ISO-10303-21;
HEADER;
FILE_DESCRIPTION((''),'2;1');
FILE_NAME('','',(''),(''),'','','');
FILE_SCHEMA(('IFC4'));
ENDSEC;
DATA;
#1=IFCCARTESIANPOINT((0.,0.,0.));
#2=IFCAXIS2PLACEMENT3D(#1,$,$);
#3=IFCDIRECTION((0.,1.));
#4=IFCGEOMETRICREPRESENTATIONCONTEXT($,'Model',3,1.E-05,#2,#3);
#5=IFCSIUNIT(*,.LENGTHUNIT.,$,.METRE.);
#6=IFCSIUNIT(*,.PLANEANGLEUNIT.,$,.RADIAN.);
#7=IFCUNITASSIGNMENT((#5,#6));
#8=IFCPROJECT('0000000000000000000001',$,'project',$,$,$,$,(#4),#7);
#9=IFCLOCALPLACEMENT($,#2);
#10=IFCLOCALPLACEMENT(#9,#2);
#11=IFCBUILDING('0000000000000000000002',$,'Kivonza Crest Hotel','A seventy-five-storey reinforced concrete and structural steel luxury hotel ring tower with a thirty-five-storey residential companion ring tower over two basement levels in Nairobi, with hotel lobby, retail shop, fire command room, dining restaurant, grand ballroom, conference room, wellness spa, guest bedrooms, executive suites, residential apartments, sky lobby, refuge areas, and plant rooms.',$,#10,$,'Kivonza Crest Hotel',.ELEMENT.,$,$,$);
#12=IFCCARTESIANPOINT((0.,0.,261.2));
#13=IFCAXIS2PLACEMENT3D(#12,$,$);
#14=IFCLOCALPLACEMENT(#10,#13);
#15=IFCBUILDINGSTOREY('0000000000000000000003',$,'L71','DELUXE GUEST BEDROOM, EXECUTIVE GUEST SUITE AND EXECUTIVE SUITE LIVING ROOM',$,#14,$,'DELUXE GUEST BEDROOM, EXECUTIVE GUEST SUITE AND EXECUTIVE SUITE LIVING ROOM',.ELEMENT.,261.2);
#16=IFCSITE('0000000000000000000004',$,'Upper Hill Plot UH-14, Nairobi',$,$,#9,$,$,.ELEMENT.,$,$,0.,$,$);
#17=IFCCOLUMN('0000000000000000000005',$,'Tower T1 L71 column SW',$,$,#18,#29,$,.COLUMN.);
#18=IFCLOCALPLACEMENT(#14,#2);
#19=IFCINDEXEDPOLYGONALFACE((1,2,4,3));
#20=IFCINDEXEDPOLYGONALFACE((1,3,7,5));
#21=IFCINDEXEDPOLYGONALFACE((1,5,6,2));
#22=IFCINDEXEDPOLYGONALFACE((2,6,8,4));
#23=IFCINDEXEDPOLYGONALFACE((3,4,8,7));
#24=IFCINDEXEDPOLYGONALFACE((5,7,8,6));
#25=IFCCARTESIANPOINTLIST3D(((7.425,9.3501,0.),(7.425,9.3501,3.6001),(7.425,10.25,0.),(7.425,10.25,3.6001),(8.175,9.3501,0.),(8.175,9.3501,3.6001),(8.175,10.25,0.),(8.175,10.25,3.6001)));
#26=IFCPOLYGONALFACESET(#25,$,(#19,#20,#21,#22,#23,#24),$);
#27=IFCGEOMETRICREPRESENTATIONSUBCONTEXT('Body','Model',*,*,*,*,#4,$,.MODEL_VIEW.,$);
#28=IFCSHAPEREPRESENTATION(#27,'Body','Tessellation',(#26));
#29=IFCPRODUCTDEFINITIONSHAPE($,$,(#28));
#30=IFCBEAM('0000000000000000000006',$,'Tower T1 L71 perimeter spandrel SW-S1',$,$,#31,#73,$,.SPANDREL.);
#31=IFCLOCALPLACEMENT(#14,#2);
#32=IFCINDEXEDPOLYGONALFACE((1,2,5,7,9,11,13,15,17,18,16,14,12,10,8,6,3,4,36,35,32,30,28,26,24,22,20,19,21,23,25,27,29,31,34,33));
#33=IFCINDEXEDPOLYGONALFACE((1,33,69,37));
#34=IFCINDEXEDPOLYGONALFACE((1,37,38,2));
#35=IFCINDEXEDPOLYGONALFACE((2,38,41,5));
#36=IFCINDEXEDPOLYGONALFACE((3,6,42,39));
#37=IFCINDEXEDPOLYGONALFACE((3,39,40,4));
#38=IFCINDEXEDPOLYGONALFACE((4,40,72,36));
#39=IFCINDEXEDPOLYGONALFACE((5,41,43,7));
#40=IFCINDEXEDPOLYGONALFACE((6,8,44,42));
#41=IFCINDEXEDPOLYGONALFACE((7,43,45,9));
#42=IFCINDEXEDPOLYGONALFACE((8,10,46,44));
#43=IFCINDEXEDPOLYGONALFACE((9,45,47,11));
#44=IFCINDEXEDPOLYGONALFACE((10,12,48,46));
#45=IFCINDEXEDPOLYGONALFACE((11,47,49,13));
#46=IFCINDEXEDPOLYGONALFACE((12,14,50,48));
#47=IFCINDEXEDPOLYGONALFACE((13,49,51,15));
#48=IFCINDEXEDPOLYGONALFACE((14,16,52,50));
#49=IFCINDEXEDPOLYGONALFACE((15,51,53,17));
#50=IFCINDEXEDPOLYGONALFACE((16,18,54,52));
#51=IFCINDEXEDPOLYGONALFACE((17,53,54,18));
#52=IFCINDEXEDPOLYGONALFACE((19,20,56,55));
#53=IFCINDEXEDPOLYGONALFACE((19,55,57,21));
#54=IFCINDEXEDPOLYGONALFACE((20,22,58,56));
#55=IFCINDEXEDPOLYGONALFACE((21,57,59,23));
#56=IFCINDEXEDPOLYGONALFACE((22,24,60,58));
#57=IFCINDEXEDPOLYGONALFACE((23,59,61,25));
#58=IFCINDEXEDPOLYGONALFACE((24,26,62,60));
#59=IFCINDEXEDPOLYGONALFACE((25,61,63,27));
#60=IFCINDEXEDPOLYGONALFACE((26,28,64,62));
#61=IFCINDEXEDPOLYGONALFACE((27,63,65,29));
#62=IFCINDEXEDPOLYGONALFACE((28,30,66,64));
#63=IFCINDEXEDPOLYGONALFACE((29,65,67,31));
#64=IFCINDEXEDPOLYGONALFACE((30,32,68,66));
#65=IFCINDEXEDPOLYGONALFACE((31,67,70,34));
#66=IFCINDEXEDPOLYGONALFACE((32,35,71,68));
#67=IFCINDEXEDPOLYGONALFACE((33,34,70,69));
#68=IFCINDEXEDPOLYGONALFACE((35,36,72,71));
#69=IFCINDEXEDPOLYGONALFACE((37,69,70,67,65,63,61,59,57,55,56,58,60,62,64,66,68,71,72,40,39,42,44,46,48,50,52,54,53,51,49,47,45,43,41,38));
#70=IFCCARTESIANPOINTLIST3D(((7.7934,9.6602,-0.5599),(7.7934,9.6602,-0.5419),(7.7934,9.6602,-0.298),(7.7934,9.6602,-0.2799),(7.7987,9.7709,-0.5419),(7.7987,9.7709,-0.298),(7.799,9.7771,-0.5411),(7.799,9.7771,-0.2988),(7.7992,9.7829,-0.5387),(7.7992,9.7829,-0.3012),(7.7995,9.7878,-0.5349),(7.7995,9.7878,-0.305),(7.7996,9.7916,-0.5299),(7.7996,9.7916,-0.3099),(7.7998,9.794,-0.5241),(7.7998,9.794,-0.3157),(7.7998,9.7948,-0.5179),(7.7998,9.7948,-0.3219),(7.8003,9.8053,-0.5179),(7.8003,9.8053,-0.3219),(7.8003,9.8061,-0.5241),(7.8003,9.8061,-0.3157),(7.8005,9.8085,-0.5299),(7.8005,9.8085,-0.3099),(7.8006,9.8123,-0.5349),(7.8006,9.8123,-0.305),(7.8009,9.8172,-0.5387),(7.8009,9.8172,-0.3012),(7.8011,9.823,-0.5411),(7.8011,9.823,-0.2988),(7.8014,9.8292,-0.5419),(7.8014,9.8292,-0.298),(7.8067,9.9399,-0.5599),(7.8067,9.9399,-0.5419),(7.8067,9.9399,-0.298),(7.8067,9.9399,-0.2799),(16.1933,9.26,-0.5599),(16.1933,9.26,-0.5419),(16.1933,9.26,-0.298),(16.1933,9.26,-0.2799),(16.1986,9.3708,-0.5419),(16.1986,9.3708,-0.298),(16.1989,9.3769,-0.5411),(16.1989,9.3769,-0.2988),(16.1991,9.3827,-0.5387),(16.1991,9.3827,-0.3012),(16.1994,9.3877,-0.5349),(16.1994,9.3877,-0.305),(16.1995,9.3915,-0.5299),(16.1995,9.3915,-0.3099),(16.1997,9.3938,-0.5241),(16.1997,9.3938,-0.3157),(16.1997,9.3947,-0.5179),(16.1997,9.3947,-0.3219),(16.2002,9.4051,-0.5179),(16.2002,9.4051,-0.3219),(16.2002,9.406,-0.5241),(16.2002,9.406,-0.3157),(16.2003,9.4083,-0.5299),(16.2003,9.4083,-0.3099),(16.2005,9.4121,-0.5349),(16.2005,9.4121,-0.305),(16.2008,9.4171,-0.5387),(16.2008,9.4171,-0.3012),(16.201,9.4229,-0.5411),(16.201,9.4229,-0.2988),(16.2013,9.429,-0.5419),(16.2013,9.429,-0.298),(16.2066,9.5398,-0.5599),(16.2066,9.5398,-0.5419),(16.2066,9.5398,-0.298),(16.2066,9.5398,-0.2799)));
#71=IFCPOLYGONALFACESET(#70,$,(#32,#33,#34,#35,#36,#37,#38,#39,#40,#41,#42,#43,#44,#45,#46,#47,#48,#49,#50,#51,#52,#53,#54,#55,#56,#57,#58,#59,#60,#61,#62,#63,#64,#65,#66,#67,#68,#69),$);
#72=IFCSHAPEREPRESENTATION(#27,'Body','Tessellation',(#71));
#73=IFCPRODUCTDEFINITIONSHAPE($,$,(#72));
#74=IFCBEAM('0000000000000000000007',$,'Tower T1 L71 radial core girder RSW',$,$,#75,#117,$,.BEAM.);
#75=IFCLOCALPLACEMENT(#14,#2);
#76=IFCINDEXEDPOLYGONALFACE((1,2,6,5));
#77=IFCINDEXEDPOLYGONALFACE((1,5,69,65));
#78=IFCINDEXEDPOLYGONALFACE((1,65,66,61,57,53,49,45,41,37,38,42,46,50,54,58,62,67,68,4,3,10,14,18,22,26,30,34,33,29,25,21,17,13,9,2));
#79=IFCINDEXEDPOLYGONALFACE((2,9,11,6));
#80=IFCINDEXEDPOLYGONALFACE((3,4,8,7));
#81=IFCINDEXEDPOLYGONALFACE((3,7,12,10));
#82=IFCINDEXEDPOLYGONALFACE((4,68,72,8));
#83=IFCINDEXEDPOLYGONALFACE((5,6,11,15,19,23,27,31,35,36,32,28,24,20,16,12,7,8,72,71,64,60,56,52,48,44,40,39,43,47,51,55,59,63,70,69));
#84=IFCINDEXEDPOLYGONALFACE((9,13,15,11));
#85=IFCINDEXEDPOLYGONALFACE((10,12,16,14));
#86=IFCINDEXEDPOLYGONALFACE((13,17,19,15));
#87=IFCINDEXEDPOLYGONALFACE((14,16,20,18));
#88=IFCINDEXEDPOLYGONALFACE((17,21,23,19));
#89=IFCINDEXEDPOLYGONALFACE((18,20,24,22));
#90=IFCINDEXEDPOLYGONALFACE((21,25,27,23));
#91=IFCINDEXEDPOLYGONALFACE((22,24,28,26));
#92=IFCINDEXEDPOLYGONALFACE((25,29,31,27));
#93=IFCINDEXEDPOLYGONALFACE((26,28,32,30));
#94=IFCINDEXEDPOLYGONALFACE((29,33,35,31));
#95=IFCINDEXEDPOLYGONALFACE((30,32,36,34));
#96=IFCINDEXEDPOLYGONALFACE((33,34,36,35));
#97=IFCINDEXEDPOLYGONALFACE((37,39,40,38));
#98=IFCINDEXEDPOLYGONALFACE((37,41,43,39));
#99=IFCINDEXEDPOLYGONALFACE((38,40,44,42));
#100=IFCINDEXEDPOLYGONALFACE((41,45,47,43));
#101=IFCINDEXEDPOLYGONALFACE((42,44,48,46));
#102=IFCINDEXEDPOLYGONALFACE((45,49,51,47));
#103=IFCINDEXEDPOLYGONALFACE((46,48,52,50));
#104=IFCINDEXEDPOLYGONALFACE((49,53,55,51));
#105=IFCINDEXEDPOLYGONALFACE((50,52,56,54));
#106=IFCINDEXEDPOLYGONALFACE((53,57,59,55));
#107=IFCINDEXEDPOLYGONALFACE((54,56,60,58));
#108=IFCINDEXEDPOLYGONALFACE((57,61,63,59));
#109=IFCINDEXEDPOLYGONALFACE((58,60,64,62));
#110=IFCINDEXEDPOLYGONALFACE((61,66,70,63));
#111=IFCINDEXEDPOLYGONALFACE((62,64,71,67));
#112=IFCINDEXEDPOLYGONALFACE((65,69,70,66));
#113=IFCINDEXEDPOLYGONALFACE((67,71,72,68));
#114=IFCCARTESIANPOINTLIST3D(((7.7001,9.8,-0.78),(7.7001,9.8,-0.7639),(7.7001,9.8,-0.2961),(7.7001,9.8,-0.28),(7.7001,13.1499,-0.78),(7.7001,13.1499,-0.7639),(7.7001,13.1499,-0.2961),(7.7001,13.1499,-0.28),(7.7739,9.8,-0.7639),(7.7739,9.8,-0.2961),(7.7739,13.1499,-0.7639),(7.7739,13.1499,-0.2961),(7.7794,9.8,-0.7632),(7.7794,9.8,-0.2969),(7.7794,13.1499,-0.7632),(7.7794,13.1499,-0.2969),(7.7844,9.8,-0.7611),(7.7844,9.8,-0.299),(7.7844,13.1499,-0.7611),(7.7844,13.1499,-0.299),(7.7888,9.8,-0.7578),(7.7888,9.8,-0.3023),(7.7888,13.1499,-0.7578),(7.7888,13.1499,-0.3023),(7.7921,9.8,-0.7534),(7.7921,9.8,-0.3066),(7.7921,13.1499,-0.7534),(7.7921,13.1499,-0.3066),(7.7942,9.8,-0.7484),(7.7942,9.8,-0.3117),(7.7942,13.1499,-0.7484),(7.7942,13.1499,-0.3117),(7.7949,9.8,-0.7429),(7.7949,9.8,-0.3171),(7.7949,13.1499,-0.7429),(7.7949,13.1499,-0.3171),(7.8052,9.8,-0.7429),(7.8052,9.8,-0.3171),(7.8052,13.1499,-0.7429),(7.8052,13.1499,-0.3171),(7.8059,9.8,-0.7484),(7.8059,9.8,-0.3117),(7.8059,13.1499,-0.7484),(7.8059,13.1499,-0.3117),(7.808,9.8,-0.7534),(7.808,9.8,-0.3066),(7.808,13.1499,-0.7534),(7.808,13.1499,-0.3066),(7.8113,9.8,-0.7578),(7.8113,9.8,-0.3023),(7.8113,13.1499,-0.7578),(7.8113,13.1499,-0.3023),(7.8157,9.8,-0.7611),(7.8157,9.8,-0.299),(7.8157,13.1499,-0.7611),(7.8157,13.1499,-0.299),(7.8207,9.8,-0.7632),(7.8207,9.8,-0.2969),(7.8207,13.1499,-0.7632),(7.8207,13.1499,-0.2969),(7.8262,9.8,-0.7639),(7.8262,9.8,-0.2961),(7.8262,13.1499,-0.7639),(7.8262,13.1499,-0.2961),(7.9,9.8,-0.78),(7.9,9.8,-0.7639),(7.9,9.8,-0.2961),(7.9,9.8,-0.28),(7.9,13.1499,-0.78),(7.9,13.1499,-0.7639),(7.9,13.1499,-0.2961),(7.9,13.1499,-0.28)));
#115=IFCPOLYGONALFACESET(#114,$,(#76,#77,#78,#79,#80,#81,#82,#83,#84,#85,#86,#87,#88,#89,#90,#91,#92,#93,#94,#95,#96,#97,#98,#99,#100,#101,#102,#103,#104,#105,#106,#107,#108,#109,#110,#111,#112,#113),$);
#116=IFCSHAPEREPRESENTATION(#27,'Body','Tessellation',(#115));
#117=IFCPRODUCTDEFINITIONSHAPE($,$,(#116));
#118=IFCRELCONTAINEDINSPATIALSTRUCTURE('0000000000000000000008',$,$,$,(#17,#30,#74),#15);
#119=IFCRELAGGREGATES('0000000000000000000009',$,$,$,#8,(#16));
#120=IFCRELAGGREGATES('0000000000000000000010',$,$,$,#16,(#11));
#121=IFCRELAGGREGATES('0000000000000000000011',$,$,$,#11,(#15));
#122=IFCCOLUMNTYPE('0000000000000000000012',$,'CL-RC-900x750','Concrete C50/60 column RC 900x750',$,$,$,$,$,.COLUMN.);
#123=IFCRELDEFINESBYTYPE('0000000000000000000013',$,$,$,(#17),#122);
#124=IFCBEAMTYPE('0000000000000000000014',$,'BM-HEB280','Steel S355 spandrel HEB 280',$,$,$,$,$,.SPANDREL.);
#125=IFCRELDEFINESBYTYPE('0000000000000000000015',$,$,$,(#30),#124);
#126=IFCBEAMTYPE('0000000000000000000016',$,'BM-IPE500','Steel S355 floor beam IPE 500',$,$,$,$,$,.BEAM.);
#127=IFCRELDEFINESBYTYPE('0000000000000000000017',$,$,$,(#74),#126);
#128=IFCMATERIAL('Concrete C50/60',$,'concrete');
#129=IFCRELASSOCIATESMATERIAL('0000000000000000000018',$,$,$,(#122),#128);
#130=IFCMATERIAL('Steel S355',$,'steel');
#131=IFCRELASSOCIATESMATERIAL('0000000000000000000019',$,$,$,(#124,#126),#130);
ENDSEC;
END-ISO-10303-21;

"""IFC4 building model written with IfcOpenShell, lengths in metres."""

from ifc_helpers import new_model, si_unit, direction, frame, origin, origin_2d, place, context, subcontext, project, spatial, rectangle, i_section, extrude, material, material_profile, profile_set, type_object, element, save


model = new_model("IFC4")

# Units and contexts
model_context = context("Model", 3, precision=1e-05, world=origin(), true_north=direction((0.0, 1.0)))
body_context = subcontext(model_context, "Body", "Model", "MODEL_VIEW")
ifc_project = project(units=[si_unit("LENGTHUNIT", "METRE"), si_unit("PLANEANGLEUNIT", "RADIAN")], contexts=[model_context])

# Site, building, storey
site_placement = place(None, origin())
site = spatial("IfcSite", under=ifc_project, at=site_placement, Name="Upper Hill Plot UH-14, Nairobi", CompositionType="ELEMENT", RefElevation=0.0)
building_placement = place(site_placement, origin())
building = spatial("IfcBuilding", under=site, at=building_placement, Name="Kivonza Crest Hotel", Description="A seventy-five-storey reinforced concrete and structural steel luxury hotel ring tower with a thirty-five-storey residential companion ring tower over two basement levels in Nairobi, with hotel lobby, retail shop, fire command room, dining restaurant, grand ballroom, conference room, wellness spa, guest bedrooms, executive suites, residential apartments, sky lobby, refuge areas, and plant rooms.", LongName="Kivonza Crest Hotel", CompositionType="ELEMENT")
storey_placement = place(building_placement, frame((0.0, 0.0, 261.2)))
storey = spatial("IfcBuildingStorey", under=building, at=storey_placement, Name="L71", Description="DELUXE GUEST BEDROOM, EXECUTIVE GUEST SUITE AND EXECUTIVE SUITE LIVING ROOM", LongName="DELUXE GUEST BEDROOM, EXECUTIVE GUEST SUITE AND EXECUTIVE SUITE LIVING ROOM", CompositionType="ELEMENT", Elevation=261.2)

# Column
ifc_material_1 = material(Name="Concrete C50/60", Category="concrete")
ifc_material_profile_1 = material_profile(ifc_material_1, rectangle(XDim=0.75, YDim=0.8999, at=origin_2d()), Name="RC 900x750")
ifc_profile_set_1 = profile_set([ifc_material_profile_1], Name="Concrete C50/60")
column_type = type_object("IfcColumnType", Name="CL-RC-900x750", Description="Concrete C50/60 column RC 900x750", PredefinedType="COLUMN", material=ifc_profile_set_1)
column_placement = place(storey_placement, frame((7.8, 9.8, 0.0), z_axis=(0.0, 0.0, 1.0), x_axis=(1.0, 0.0, 0.0)))
element("IfcColumn", 1, at=column_placement, inside=storey, type_object=column_type, Name="Tower T1 L71 column SW", PredefinedType="COLUMN", context=body_context, shape_type="SweptSolid", body=[
    extrude(rectangle(XDim=0.75, YDim=0.8999, at=origin_2d()), origin(), (0.0, 0.0, 1.0), 3.6001),
])

# Beams
ifc_material_2 = material(Name="Steel S355", Category="steel")
ifc_material_profile_2 = material_profile(ifc_material_2, i_section(OverallWidth=0.28, OverallDepth=0.28, WebThickness=0.0105, FlangeThickness=0.0181, FilletRadius=0.0239, at=origin_2d()), Name="HEB 280")
ifc_profile_set_2 = profile_set([ifc_material_profile_2], Name="Steel S355")
beam_type_1 = type_object("IfcBeamType", Name="BM-HEB280", Description="Steel S355 spandrel HEB 280", PredefinedType="SPANDREL", material=ifc_profile_set_2)
beam_1_placement = place(storey_placement, frame((7.8, 9.8, -0.4199), z_axis=(0.998867, -0.047583, 0.0), x_axis=(0.047583, 0.998867, 0.0)))
element("IfcBeam", 2, at=beam_1_placement, inside=storey, type_object=beam_type_1, Name="Tower T1 L71 perimeter spandrel SW-S1", PredefinedType="SPANDREL", context=body_context, shape_type="SweptSolid", body=[
    extrude(i_section(OverallWidth=0.28, OverallDepth=0.28, WebThickness=0.0105, FlangeThickness=0.0181, FilletRadius=0.0239, at=origin_2d()), origin(), (0.0, 0.0, 1.0), 8.4094),
])
ifc_material_profile_3 = material_profile(ifc_material_2, i_section(OverallWidth=0.2, OverallDepth=0.5, WebThickness=0.0103, FlangeThickness=0.0161, FilletRadius=0.021, at=origin_2d()), Name="IPE 500")
ifc_profile_set_3 = profile_set([ifc_material_profile_3], Name="Steel S355")
beam_type_2 = type_object("IfcBeamType", Name="BM-IPE500", Description="Steel S355 floor beam IPE 500", PredefinedType="BEAM", material=ifc_profile_set_3)
beam_2_placement = place(storey_placement, frame((7.8, 9.8, -0.53), z_axis=(0.0, 1.0, 0.0), x_axis=(-1.0, 0.0, 0.0)))
element("IfcBeam", 3, at=beam_2_placement, inside=storey, type_object=beam_type_2, Name="Tower T1 L71 radial core girder RSW", PredefinedType="BEAM", context=body_context, shape_type="SweptSolid", body=[
    extrude(i_section(OverallWidth=0.2, OverallDepth=0.5, WebThickness=0.0103, FlangeThickness=0.0161, FilletRadius=0.021, at=origin_2d()), origin(), (0.0, 0.0, 1.0), 3.3499),
])

save(model, "model.ifc")
